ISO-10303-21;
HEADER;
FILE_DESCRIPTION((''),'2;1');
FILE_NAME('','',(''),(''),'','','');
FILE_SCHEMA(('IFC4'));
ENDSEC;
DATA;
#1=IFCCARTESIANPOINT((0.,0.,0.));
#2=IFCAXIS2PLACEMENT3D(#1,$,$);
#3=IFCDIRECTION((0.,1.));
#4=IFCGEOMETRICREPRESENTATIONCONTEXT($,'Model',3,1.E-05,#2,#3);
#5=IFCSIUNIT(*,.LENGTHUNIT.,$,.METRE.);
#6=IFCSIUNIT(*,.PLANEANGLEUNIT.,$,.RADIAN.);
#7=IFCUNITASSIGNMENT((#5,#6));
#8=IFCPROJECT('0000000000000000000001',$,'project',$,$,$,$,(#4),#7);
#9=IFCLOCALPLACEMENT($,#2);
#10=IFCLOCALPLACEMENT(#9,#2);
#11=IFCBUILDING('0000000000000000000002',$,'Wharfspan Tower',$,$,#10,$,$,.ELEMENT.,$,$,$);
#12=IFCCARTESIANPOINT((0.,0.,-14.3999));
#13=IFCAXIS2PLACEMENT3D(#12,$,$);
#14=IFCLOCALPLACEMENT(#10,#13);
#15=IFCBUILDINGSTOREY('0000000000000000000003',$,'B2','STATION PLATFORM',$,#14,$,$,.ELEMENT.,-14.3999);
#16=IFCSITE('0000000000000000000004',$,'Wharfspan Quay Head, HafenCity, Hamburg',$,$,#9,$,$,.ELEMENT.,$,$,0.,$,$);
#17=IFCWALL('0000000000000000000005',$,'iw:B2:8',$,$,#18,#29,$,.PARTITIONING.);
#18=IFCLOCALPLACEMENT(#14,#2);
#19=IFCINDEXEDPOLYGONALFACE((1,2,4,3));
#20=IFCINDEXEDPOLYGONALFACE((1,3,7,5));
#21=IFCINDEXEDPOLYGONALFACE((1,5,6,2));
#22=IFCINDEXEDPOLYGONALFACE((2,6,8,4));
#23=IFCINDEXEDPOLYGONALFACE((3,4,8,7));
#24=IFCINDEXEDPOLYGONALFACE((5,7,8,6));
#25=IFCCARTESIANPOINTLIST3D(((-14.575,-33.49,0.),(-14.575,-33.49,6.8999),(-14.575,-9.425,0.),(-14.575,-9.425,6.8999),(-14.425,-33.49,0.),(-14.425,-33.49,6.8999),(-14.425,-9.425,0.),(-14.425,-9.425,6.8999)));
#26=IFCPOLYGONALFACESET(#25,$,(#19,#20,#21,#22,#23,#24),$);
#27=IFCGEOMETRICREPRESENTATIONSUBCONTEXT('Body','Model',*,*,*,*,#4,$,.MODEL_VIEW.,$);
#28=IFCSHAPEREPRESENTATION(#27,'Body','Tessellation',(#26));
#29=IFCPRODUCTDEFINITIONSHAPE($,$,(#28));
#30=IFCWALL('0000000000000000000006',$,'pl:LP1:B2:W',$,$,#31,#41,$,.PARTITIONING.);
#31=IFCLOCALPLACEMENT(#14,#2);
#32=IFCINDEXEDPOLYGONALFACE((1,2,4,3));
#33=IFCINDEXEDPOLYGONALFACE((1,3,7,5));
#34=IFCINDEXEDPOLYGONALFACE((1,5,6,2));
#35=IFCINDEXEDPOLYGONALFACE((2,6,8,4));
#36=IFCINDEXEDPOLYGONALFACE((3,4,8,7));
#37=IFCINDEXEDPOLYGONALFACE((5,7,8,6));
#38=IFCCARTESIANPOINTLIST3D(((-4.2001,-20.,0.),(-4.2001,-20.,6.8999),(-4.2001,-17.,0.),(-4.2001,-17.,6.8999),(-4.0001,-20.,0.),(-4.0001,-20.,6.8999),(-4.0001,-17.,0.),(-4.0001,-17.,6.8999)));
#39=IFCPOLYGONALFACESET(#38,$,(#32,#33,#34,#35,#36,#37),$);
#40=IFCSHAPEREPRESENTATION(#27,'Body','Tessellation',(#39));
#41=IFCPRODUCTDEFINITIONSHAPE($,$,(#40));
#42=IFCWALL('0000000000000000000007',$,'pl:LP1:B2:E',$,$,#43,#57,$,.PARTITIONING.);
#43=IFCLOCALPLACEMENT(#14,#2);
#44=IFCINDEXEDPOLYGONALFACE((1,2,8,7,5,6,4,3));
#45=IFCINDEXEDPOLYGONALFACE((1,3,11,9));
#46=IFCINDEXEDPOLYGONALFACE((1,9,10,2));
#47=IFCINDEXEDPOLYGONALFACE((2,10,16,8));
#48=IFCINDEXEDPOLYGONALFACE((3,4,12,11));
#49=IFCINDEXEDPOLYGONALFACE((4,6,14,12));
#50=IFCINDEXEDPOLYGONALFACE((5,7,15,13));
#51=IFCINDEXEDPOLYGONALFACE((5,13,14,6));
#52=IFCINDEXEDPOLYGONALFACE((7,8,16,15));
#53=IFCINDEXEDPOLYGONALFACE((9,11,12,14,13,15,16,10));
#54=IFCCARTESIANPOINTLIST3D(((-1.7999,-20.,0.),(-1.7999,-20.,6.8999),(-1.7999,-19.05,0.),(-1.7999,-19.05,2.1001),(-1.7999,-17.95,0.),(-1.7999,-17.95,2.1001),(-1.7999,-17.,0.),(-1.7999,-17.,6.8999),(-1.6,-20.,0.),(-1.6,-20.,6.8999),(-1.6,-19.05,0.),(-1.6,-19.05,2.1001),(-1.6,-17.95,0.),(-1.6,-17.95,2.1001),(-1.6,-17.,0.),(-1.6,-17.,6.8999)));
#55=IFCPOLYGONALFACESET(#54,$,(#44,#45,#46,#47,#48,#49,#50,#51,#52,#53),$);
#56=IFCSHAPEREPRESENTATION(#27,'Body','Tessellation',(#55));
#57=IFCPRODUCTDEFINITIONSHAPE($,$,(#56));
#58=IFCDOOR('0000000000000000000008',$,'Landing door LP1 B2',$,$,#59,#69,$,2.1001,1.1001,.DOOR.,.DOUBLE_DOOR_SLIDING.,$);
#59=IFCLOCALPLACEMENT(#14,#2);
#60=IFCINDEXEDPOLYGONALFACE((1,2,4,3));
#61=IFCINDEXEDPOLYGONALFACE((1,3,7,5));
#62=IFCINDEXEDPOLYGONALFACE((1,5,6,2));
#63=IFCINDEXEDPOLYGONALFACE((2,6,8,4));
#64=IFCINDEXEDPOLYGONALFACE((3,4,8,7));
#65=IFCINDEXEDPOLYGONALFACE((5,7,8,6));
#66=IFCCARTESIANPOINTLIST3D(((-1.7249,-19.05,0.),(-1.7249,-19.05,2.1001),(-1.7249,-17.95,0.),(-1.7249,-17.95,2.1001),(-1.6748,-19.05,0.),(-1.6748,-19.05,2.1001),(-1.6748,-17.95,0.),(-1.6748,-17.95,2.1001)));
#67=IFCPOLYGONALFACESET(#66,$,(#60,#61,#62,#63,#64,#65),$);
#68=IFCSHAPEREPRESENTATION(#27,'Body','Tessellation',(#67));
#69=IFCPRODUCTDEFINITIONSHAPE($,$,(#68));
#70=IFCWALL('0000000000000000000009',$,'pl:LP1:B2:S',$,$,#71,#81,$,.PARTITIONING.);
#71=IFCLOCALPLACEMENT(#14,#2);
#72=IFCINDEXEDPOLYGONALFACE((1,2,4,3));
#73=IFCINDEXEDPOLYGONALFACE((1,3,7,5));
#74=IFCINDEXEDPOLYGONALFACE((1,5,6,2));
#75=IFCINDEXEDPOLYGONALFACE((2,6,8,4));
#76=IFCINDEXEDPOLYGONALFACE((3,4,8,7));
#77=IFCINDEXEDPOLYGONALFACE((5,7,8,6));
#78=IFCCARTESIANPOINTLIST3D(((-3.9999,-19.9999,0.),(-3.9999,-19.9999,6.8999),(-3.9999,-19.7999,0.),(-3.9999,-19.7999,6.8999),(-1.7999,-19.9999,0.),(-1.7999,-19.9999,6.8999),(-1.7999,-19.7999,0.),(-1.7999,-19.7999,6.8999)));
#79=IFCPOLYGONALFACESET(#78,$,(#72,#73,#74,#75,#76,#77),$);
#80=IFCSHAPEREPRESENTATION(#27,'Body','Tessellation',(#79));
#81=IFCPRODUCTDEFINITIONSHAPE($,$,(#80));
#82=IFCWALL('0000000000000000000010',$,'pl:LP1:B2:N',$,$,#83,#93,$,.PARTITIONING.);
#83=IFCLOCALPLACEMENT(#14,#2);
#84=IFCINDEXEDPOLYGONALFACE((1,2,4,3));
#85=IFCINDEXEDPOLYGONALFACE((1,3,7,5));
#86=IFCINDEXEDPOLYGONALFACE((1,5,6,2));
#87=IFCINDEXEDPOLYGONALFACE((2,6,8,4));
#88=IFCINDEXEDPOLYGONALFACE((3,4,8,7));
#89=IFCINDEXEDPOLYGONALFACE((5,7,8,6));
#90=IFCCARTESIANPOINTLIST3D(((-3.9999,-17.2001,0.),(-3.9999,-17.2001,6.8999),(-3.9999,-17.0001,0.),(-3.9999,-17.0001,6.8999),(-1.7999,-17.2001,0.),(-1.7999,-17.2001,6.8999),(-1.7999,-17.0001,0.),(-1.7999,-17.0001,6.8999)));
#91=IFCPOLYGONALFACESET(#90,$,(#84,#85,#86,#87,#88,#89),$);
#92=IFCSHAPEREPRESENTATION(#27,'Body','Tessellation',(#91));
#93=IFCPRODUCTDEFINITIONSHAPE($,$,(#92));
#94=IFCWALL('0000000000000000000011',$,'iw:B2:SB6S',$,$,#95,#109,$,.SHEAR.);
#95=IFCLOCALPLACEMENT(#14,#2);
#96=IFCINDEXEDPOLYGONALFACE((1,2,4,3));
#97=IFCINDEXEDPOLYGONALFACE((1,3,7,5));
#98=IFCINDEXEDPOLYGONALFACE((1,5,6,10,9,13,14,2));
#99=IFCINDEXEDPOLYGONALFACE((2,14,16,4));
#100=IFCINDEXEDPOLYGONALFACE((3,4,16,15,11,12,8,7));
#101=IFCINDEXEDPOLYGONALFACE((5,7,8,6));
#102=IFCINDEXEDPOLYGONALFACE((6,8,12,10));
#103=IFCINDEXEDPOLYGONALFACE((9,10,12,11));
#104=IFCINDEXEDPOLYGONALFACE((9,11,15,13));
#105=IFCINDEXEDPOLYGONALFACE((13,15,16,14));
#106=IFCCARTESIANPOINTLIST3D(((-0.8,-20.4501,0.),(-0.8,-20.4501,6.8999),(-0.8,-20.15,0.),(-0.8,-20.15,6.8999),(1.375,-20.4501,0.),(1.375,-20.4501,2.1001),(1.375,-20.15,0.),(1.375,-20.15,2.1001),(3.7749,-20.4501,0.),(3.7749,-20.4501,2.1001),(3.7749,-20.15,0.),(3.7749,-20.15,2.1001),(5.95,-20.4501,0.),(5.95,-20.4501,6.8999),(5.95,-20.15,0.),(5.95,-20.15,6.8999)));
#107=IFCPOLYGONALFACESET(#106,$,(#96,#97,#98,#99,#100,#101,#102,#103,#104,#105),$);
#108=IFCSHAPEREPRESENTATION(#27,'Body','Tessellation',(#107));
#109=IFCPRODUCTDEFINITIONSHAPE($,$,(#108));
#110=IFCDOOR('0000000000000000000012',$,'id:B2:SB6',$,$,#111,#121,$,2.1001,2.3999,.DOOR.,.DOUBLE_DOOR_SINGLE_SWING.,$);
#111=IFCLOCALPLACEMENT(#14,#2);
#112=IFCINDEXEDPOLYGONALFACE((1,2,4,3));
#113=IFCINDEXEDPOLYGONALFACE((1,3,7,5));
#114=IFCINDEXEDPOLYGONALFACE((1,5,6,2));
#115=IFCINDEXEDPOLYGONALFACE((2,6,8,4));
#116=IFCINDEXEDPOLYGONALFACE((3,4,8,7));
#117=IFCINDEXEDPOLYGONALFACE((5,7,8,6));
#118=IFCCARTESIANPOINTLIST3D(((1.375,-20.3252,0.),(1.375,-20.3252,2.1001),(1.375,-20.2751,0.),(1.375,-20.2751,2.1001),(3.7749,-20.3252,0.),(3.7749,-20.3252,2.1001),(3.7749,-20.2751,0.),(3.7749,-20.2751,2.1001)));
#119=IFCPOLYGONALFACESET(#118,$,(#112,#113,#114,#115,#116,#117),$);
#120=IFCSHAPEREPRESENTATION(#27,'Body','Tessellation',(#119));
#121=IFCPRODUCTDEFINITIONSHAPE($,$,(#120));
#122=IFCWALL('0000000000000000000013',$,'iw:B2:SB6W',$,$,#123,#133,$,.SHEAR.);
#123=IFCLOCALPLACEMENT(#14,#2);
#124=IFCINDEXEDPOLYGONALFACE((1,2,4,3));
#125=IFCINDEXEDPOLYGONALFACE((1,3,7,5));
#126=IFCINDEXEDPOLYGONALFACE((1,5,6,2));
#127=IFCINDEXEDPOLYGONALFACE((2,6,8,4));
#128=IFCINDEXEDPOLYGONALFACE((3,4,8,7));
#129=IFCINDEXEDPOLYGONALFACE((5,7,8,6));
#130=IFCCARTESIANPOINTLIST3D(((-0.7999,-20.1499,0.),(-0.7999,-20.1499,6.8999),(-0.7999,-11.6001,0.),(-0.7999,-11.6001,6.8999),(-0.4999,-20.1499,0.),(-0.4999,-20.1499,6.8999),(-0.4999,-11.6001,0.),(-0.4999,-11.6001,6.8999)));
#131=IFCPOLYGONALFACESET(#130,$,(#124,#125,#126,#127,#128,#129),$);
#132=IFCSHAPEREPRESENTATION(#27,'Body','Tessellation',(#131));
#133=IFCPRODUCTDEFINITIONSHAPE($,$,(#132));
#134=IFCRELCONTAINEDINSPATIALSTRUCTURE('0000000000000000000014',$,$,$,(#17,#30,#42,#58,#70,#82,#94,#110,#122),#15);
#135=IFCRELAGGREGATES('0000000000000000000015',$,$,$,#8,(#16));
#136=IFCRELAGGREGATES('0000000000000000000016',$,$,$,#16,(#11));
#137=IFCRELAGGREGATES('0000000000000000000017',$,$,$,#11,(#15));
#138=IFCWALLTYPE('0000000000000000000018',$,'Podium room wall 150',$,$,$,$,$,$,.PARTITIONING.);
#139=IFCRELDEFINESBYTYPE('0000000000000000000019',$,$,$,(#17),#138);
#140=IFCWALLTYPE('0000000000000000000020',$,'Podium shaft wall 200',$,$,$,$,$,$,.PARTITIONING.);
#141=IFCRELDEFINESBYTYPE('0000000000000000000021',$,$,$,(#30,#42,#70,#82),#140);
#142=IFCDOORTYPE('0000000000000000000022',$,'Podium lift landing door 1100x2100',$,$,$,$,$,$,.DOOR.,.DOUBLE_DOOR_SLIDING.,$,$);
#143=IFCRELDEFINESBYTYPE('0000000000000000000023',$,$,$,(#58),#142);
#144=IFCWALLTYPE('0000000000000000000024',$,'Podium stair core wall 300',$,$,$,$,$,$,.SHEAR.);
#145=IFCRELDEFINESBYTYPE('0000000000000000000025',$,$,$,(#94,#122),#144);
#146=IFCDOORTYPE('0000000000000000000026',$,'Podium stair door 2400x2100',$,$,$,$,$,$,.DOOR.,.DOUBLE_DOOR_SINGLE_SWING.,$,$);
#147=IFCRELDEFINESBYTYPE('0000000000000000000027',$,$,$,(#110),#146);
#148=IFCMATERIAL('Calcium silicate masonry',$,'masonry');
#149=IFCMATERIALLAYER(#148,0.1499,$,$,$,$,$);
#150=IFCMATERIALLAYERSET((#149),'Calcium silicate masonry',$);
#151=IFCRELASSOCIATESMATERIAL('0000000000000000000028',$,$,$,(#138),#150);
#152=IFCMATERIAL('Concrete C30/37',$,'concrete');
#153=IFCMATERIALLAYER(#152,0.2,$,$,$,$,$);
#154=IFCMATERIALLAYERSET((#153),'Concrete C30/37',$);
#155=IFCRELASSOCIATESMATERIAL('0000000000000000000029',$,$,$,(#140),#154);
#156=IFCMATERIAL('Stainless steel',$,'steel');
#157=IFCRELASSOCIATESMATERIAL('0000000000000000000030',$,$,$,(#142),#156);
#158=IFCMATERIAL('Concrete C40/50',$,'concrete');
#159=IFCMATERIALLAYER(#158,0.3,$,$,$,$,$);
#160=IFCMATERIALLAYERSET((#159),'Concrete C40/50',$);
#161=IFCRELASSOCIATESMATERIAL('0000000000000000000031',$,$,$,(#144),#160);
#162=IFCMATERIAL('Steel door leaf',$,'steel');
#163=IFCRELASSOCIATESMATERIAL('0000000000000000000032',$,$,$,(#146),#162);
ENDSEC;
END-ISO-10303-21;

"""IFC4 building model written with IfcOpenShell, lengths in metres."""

from ifc_helpers import new_model, si_unit, direction, frame, frame_2d, origin, place, context, subcontext, project, spatial, rectangle, extrude, material, layer, layer_set, type_object, element, fill, save


model = new_model("IFC4")

# Units and contexts
model_context = context("Model", 3, precision=1e-05, world=origin(), true_north=direction((0.0, 1.0)))
body_context = subcontext(model_context, "Body", "Model", "MODEL_VIEW")
ifc_project = project(units=[si_unit("LENGTHUNIT", "METRE"), si_unit("PLANEANGLEUNIT", "RADIAN")], contexts=[model_context])

# Site, building, storey
site_placement = place(None, origin())
site = spatial("IfcSite", under=ifc_project, at=site_placement, Name="Wharfspan Quay Head, HafenCity, Hamburg", CompositionType="ELEMENT", RefElevation=0.0)
building_placement = place(site_placement, origin())
building = spatial("IfcBuilding", under=site, at=building_placement, Name="Wharfspan Tower", CompositionType="ELEMENT")
storey_placement = place(building_placement, frame((0.0, 0.0, -14.3999)))
storey = spatial("IfcBuildingStorey", under=building, at=storey_placement, Name="B2", Description="STATION PLATFORM", CompositionType="ELEMENT", Elevation=-14.3999)

# Shared definitions
ifc_material_1 = material(Name="Calcium silicate masonry", Category="masonry")
ifc_layer_1 = layer(ifc_material_1, 0.1499)
ifc_layer_set_1 = layer_set([ifc_layer_1], Name="Calcium silicate masonry")
wall_type_1 = type_object("IfcWallType", Name="Podium room wall 150", PredefinedType="PARTITIONING", material=ifc_layer_set_1)

# Shared definitions
ifc_material_2 = material(Name="Steel door leaf", Category="steel")

# Walls
wall_1_placement = place(storey_placement, frame((-14.5, -33.49, 0.0), z_axis=(0.0, 0.0, 1.0), x_axis=(0.0, 1.0, 0.0)))
element("IfcWall", 1, at=wall_1_placement, inside=storey, type_object=wall_type_1, Name="iw:B2:8", PredefinedType="PARTITIONING", context=body_context, shape_type="SweptSolid", body=[
    extrude(rectangle(XDim=24.0649, YDim=0.1499, at=frame_2d((12.0325, 0.0))), origin(), (0.0, 0.0, 1.0), 6.8999),
])
ifc_material_3 = material(Name="Concrete C30/37", Category="concrete")
ifc_layer_2 = layer(ifc_material_3, 0.2)
ifc_layer_set_2 = layer_set([ifc_layer_2], Name="Concrete C30/37")
wall_type_2 = type_object("IfcWallType", Name="Podium shaft wall 200", PredefinedType="PARTITIONING", material=ifc_layer_set_2)
wall_2_placement = place(storey_placement, frame((-4.1001, -20.0, 0.0), z_axis=(0.0, 0.0, 1.0), x_axis=(0.0, 1.0, 0.0)))
element("IfcWall", 2, at=wall_2_placement, inside=storey, type_object=wall_type_2, Name="pl:LP1:B2:W", PredefinedType="PARTITIONING", context=body_context, shape_type="SweptSolid", body=[
    extrude(rectangle(XDim=3.0, YDim=0.2, at=frame_2d((1.5, 0.0))), origin(), (0.0, 0.0, 1.0), 6.8999),
])

# Wall, opening, door
wall_3_placement = place(storey_placement, frame((-1.7, -20.0, 0.0), z_axis=(0.0, 0.0, 1.0), x_axis=(0.0, 1.0, 0.0)))
wall_3 = element("IfcWall", 3, at=wall_3_placement, inside=storey, type_object=wall_type_2, Name="pl:LP1:B2:E", PredefinedType="PARTITIONING", context=body_context, shape_type="SweptSolid", body=[
    extrude(rectangle(XDim=3.0, YDim=0.2, at=frame_2d((1.5, 0.0))), origin(), (0.0, 0.0, 1.0), 6.8999),
])
opening_1_placement = place(wall_3_placement, frame((0.95, 0.0, 0.0)))
opening_1 = element("IfcOpeningElement", 4, at=opening_1_placement, cuts=wall_3, PredefinedType="OPENING", context=body_context, shape_type="SweptSolid", body=[
    extrude(rectangle(XDim=1.1001, YDim=2.1001, at=frame_2d((0.55, 1.05))), frame((0.0, 0.1099, 0.0), z_axis=(0.0, -1.0, 0.0), x_axis=(1.0, 0.0, 0.0)), (0.0, 0.0, 1.0), 0.22),
])
ifc_material_4 = material(Name="Stainless steel", Category="steel")
door_type_1 = type_object("IfcDoorType", Name="Podium lift landing door 1100x2100", OperationType="DOUBLE_DOOR_SLIDING", PredefinedType="DOOR", material=ifc_material_4)
door_1_placement = place(opening_1_placement, origin())
door_1 = element("IfcDoor", 5, at=door_1_placement, inside=storey, type_object=door_type_1, Name="Landing door LP1 B2", OperationType="DOUBLE_DOOR_SLIDING", OverallHeight=2.1001, OverallWidth=1.1001, PredefinedType="DOOR", context=body_context, shape_type="SweptSolid", body=[
    extrude(rectangle(XDim=1.1001, YDim=2.1001, at=frame_2d((0.55, 1.05))), frame((0.0, 0.0249, 0.0), z_axis=(0.0, -1.0, 0.0), x_axis=(1.0, 0.0, 0.0)), (0.0, 0.0, 1.0), 0.05),
])
fill(opening_1, door_1)

# Walls
for number, where, z_axis, x_axis, name in (
    (6, (-4.0, -19.8999, 0.0), (0.0, 0.0, 1.0), (1.0, 0.0, 0.0), "pl:LP1:B2:S"),
    (7, (-4.0, -17.1001, 0.0), (0.0, 0.0, 1.0), (1.0, 0.0, 0.0), "pl:LP1:B2:N"),
):
    element("IfcWall", number, at=place(storey_placement, frame(where, z_axis=z_axis, x_axis=x_axis)), inside=storey, type_object=wall_type_2, Name=name, PredefinedType="PARTITIONING", context=body_context, shape_type="SweptSolid", body=[
        extrude(rectangle(XDim=2.2, YDim=0.2, at=frame_2d((1.1001, 0.0))), origin(), (0.0, 0.0, 1.0), 6.8999),
    ])

# Wall, opening, door
ifc_material_5 = material(Name="Concrete C40/50", Category="concrete")
ifc_layer_3 = layer(ifc_material_5, 0.3)
ifc_layer_set_3 = layer_set([ifc_layer_3], Name="Concrete C40/50")
wall_type_3 = type_object("IfcWallType", Name="Podium stair core wall 300", PredefinedType="SHEAR", material=ifc_layer_set_3)
wall_4_placement = place(storey_placement, frame((-0.8, -20.3, 0.0), z_axis=(0.0, 0.0, 1.0), x_axis=(1.0, 0.0, 0.0)))
wall_4 = element("IfcWall", 8, at=wall_4_placement, inside=storey, type_object=wall_type_3, Name="iw:B2:SB6S", PredefinedType="SHEAR", context=body_context, shape_type="SweptSolid", body=[
    extrude(rectangle(XDim=6.75, YDim=0.3, at=frame_2d((3.375, 0.0))), origin(), (0.0, 0.0, 1.0), 6.8999),
])
opening_2_placement = place(wall_4_placement, frame((2.175, 0.0, 0.0)))
opening_2 = element("IfcOpeningElement", 9, at=opening_2_placement, cuts=wall_4, PredefinedType="OPENING", context=body_context, shape_type="SweptSolid", body=[
    extrude(rectangle(XDim=2.3999, YDim=2.1001, at=frame_2d((1.2, 1.05))), frame((0.0, 0.1599, 0.0), z_axis=(0.0, -1.0, 0.0), x_axis=(1.0, 0.0, 0.0)), (0.0, 0.0, 1.0), 0.3201),
])
door_type_2 = type_object("IfcDoorType", Name="Podium stair door 2400x2100", OperationType="DOUBLE_DOOR_SINGLE_SWING", PredefinedType="DOOR", material=ifc_material_2)
door_2_placement = place(opening_2_placement, origin())
door_2 = element("IfcDoor", 10, at=door_2_placement, inside=storey, type_object=door_type_2, Name="id:B2:SB6", OperationType="DOUBLE_DOOR_SINGLE_SWING", OverallHeight=2.1001, OverallWidth=2.3999, PredefinedType="DOOR", context=body_context, shape_type="SweptSolid", body=[
    extrude(rectangle(XDim=2.3999, YDim=2.1001, at=frame_2d((1.2, 1.05))), frame((0.0, 0.0249, 0.0), z_axis=(0.0, -1.0, 0.0), x_axis=(1.0, 0.0, 0.0)), (0.0, 0.0, 1.0), 0.05),
])
fill(opening_2, door_2)

# Wall
wall_5_placement = place(storey_placement, frame((-0.6499, -20.1499, 0.0), z_axis=(0.0, 0.0, 1.0), x_axis=(0.0, 1.0, 0.0)))
element("IfcWall", 11, at=wall_5_placement, inside=storey, type_object=wall_type_3, Name="iw:B2:SB6W", PredefinedType="SHEAR", context=body_context, shape_type="SweptSolid", body=[
    extrude(rectangle(XDim=8.5498, YDim=0.3, at=frame_2d((4.2749, 0.0))), origin(), (0.0, 0.0, 1.0), 6.8999),
])

save(model, "model.ifc")
